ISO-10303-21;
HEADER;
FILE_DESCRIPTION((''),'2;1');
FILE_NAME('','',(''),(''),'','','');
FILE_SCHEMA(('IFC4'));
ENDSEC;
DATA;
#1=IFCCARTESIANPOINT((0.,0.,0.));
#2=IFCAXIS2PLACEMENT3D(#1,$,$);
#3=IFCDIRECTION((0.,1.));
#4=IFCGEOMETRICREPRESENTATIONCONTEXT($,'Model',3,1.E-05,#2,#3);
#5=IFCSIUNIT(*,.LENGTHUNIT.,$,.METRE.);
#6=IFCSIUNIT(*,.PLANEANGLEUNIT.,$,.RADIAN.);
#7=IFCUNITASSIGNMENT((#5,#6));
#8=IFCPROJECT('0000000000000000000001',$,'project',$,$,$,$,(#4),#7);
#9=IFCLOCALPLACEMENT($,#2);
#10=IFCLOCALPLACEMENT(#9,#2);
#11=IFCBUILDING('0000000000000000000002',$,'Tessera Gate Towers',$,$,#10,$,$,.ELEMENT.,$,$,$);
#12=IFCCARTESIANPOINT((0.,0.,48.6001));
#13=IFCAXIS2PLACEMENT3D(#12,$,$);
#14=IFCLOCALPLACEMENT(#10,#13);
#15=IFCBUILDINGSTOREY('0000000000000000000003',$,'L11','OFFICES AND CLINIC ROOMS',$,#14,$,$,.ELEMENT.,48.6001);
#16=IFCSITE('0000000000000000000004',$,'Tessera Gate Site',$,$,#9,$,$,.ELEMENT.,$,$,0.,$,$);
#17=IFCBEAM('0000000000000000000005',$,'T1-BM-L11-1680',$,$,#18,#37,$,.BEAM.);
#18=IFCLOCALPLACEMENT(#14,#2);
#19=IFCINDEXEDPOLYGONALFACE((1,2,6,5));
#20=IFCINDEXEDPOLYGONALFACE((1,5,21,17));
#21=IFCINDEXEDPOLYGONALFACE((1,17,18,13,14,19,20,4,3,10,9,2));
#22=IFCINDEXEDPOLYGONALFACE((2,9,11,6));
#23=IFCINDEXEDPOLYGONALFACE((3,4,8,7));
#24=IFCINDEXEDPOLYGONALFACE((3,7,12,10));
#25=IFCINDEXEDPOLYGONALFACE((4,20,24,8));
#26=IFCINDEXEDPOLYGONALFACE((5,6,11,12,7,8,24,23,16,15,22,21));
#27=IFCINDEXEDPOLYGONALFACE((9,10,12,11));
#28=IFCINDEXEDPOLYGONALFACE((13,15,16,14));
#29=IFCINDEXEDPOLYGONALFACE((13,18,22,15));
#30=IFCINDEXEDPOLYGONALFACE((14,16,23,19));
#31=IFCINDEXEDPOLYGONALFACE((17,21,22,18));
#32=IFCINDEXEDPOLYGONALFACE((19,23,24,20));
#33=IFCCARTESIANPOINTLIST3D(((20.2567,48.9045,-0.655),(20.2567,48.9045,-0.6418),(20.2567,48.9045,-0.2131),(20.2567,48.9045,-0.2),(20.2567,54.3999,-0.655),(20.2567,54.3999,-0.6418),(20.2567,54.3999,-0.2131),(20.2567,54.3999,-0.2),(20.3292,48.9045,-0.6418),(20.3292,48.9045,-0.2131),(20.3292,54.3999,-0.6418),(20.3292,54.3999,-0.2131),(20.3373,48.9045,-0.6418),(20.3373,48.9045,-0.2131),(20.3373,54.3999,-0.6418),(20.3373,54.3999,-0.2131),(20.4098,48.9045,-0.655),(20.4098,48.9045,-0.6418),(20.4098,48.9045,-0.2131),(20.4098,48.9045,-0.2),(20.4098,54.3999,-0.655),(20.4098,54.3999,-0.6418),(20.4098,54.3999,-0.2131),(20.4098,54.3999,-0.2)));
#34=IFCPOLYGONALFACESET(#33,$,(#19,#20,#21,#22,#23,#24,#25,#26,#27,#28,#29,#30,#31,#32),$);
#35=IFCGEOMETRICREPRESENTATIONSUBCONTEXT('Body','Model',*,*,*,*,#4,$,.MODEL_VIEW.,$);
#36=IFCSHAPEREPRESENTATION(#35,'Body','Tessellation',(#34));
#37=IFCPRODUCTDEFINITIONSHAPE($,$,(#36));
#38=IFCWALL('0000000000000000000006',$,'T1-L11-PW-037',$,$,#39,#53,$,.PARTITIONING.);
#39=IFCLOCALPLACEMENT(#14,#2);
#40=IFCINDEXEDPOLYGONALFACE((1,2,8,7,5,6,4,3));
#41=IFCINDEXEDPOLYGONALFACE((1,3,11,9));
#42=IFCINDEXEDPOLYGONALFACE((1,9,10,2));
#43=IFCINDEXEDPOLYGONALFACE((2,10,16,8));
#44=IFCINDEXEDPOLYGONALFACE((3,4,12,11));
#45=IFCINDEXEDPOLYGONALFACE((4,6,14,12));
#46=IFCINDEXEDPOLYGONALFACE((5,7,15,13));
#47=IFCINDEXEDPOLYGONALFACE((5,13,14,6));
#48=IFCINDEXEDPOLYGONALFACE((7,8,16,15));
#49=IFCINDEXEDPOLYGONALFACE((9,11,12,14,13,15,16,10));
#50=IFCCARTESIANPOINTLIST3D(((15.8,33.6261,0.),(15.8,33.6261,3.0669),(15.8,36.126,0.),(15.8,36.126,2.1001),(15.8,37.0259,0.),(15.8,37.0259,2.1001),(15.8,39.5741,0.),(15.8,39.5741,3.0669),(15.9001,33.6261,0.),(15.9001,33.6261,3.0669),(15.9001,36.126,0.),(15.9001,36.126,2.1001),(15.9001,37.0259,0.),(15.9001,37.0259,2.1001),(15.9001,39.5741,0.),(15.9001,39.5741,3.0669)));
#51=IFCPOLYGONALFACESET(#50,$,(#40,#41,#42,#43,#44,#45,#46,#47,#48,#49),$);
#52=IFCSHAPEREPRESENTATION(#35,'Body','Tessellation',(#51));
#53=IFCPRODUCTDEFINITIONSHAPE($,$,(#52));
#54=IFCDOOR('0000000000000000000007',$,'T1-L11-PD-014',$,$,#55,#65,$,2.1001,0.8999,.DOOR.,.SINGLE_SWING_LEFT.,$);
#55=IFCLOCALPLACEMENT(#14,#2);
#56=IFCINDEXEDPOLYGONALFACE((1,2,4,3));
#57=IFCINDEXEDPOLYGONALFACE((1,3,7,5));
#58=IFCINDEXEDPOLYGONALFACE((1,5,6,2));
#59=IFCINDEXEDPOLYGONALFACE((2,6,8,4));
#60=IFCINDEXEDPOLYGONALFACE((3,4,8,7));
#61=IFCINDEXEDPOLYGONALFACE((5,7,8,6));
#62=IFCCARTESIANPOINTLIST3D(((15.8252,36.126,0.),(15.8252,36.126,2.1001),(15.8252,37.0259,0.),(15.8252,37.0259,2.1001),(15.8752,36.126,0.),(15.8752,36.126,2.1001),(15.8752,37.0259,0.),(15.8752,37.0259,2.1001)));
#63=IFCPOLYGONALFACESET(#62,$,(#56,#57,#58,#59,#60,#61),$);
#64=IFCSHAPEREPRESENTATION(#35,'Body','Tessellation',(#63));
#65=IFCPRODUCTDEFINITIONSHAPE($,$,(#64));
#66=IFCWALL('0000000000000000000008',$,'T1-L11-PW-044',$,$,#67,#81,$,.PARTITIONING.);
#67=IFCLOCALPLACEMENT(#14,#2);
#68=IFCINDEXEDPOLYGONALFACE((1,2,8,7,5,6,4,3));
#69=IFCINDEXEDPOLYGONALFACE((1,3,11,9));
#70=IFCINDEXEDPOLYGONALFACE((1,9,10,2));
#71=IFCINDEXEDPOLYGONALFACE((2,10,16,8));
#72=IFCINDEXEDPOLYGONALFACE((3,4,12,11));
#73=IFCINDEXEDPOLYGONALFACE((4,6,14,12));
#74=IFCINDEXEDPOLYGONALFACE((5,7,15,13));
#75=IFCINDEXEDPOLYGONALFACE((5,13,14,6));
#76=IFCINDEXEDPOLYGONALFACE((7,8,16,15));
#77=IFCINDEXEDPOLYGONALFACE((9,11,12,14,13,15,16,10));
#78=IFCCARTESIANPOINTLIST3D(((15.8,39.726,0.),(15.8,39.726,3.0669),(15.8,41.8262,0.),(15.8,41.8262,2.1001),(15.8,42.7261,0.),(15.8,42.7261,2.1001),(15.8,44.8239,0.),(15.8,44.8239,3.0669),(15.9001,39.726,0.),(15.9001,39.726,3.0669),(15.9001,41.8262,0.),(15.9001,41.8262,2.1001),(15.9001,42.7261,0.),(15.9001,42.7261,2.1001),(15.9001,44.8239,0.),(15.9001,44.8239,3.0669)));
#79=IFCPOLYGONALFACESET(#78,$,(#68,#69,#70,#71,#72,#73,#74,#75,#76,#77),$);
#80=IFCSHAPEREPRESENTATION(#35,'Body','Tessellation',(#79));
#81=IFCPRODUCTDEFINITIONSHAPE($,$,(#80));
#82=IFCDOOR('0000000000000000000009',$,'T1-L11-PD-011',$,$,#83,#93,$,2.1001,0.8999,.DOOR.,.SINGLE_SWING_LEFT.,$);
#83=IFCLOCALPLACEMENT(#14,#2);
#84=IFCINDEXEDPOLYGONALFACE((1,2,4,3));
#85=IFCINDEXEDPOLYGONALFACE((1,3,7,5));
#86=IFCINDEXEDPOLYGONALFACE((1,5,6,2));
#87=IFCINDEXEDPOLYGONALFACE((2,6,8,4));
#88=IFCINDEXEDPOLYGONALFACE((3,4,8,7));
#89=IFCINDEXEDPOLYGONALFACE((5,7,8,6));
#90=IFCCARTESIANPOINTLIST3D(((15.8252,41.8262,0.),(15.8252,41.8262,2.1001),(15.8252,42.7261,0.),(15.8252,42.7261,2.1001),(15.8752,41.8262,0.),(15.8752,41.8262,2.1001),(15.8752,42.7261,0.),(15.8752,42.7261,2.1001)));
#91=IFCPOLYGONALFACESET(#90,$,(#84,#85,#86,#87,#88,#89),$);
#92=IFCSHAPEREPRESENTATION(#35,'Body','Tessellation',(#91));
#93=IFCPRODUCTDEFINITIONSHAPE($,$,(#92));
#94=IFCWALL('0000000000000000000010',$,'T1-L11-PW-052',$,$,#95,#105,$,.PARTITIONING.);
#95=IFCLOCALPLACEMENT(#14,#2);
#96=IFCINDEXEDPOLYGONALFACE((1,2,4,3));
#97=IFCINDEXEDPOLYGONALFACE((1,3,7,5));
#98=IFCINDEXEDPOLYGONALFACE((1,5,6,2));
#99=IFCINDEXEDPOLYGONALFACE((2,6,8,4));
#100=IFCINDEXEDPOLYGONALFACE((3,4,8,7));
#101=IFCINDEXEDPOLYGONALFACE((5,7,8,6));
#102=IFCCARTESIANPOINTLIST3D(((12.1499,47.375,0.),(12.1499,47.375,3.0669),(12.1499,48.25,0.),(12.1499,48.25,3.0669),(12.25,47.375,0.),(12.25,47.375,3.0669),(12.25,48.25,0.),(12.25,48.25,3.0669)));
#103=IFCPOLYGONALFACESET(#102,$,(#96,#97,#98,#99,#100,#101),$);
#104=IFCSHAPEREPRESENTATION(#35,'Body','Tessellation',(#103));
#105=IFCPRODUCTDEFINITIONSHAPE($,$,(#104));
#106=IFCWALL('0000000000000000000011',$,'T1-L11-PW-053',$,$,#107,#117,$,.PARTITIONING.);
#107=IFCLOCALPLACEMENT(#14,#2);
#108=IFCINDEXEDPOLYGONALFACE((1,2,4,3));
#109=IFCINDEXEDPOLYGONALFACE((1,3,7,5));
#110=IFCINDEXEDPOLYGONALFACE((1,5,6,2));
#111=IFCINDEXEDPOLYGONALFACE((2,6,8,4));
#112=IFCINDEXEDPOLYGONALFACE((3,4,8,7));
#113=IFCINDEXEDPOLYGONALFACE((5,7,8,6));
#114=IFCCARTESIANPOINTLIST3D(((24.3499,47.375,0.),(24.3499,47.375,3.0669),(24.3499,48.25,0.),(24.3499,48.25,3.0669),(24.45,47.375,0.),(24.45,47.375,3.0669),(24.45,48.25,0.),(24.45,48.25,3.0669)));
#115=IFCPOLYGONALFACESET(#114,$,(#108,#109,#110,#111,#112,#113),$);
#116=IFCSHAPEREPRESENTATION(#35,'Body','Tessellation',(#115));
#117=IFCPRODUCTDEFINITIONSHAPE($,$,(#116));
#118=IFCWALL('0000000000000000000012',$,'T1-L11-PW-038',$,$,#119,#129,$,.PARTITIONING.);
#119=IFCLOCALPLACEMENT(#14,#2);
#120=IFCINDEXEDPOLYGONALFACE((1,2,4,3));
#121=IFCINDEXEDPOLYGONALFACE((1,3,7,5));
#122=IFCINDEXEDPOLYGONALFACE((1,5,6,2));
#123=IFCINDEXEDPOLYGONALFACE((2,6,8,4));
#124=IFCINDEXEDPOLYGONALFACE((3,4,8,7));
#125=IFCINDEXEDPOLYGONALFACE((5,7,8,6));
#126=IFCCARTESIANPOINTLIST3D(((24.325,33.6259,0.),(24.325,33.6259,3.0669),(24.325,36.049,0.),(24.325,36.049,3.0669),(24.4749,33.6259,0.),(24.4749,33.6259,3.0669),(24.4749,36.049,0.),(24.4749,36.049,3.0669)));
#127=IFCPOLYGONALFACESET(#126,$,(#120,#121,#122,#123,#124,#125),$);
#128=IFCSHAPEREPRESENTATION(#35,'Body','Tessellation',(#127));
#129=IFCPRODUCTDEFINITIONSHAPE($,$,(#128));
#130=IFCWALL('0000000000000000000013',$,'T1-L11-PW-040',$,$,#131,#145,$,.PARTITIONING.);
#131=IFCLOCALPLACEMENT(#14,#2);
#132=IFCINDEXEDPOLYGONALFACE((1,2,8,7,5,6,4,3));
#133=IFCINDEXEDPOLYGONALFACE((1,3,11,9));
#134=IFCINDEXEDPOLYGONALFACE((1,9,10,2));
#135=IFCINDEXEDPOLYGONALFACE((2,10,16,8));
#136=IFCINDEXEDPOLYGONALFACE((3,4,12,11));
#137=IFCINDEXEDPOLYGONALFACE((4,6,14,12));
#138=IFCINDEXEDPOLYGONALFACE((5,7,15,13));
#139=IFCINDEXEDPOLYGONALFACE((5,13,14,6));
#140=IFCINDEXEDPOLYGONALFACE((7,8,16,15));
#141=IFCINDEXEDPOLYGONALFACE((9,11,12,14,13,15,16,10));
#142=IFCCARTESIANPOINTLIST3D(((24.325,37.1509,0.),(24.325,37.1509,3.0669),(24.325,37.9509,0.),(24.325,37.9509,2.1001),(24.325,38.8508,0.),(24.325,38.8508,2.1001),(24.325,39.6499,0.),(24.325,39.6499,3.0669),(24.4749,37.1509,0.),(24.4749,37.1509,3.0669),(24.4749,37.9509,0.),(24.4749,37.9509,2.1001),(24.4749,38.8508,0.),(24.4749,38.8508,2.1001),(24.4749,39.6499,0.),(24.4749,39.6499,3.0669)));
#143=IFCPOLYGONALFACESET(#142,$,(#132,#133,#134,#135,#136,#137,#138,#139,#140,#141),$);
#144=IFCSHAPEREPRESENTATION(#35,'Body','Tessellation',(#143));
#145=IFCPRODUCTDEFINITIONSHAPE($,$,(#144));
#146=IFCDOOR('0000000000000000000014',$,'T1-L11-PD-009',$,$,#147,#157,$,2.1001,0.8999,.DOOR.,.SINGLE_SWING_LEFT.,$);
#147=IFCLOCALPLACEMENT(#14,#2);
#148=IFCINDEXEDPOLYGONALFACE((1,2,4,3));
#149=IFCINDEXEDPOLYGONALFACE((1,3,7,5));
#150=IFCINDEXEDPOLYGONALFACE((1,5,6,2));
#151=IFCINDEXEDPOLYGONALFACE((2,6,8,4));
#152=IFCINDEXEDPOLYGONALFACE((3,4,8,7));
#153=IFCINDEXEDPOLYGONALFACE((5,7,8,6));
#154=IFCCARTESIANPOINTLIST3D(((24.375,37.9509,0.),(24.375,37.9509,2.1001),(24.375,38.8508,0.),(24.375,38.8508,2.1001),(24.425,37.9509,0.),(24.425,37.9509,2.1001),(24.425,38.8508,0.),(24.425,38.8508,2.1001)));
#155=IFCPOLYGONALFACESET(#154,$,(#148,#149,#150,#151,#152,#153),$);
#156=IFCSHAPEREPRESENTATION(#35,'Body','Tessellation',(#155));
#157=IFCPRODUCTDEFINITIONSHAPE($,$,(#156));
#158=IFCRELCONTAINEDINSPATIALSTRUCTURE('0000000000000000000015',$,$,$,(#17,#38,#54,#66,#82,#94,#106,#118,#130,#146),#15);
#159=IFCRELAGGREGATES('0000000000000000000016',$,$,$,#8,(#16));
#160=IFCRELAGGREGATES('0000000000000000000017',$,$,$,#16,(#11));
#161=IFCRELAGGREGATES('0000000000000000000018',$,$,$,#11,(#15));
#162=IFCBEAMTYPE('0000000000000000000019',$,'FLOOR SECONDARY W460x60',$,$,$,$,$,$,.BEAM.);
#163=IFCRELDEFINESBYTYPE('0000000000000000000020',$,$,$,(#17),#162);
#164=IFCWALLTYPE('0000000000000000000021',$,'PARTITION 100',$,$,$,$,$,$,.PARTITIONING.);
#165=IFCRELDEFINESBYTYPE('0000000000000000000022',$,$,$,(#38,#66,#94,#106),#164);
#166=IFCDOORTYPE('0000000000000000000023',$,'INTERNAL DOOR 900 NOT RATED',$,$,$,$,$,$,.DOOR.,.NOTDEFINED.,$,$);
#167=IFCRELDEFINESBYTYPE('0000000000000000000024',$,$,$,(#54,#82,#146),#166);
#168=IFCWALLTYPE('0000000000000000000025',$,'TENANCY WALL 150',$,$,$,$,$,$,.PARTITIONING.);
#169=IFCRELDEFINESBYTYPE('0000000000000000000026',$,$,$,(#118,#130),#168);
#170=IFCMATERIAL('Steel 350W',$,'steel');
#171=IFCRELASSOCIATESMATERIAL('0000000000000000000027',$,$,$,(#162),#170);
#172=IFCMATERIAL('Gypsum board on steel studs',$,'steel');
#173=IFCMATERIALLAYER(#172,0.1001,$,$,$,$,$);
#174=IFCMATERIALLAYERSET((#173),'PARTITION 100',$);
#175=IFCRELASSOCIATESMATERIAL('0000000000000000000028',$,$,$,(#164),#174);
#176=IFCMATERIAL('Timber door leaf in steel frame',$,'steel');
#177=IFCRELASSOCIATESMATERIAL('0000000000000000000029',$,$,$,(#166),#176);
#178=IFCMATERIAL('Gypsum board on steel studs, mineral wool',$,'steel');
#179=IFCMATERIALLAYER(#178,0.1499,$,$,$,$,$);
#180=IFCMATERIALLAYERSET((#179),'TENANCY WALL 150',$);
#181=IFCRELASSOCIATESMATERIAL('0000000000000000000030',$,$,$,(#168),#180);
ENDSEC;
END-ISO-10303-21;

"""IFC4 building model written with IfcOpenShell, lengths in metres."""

from ifc_helpers import new_model, si_unit, direction, frame, frame_2d, origin, origin_2d, place, context, subcontext, project, spatial, rectangle, i_section, extrude, source, transform, mapped, material, layer, layer_set, material_profile, profile_set, type_object, element, fill, save


model = new_model("IFC4")

# Units and contexts
model_context = context("Model", 3, precision=1e-05, world=origin(), true_north=direction((0.0, 1.0)))
body_context = subcontext(model_context, "Body", "Model", "MODEL_VIEW")
ifc_project = project(units=[si_unit("LENGTHUNIT", "METRE"), si_unit("PLANEANGLEUNIT", "RADIAN")], contexts=[model_context])

# Site, building, storey
site_placement = place(None, origin())
site = spatial("IfcSite", under=ifc_project, at=site_placement, Name="Tessera Gate Site", CompositionType="ELEMENT", RefElevation=0.0)
building_placement = place(site_placement, origin())
building = spatial("IfcBuilding", under=site, at=building_placement, Name="Tessera Gate Towers", CompositionType="ELEMENT")
storey_placement = place(building_placement, frame((0.0, 0.0, 48.6001)))
storey = spatial("IfcBuildingStorey", under=building, at=storey_placement, Name="L11", Description="OFFICES AND CLINIC ROOMS", CompositionType="ELEMENT", Elevation=48.6001)

# Beam
ifc_material_1 = material(Name="Steel 350W", Category="steel")
ifc_material_profile_1 = material_profile(ifc_material_1, i_section(OverallWidth=0.1531, OverallDepth=0.4551, WebThickness=0.0081, FlangeThickness=0.0132, at=origin_2d()), Name="W460x60")
ifc_profile_set_1 = profile_set([ifc_material_profile_1], Name="Steel 350W")
beam_type_1 = type_object("IfcBeamType", Name="FLOOR SECONDARY W460x60", PredefinedType="BEAM", material=ifc_profile_set_1)
beam_1_placement = place(storey_placement, frame((20.3333, 48.9045, -0.4275), z_axis=(0.0, 1.0, 0.0), x_axis=(-1.0, 0.0, 0.0)))
element("IfcBeam", 1, at=beam_1_placement, inside=storey, type_object=beam_type_1, Name="T1-BM-L11-1680", PredefinedType="BEAM", context=body_context, shape_type="SweptSolid", body=[
    extrude(i_section(OverallWidth=0.1531, OverallDepth=0.4551, WebThickness=0.0081, FlangeThickness=0.0132, at=origin_2d()), origin(), (0.0, 0.0, 1.0), 5.4954),
])

# Walls, openings, doors
ifc_material_2 = material(Name="Gypsum board on steel studs", Category="steel")
ifc_layer_1 = layer(ifc_material_2, 0.1001)
ifc_layer_set_1 = layer_set([ifc_layer_1], Name="PARTITION 100")
wall_type_1 = type_object("IfcWallType", Name="PARTITION 100", PredefinedType="PARTITIONING", material=ifc_layer_set_1)
wall_1_placement = place(storey_placement, frame((15.8501, 33.626, 0.0), z_axis=(0.0, 0.0, 1.0), x_axis=(0.0, 1.0, 0.0)))
wall_1 = element("IfcWall", 2, at=wall_1_placement, inside=storey, type_object=wall_type_1, Name="T1-L11-PW-037", PredefinedType="PARTITIONING", context=body_context, shape_type="SweptSolid", body=[
    extrude(rectangle(XDim=5.948, YDim=0.1001, at=frame_2d((2.9741, 0.0))), origin(), (0.0, 0.0, 1.0), 3.0669),
])
shared_shape_1 = source(origin(), body_context, "Body", "SweptSolid", [
    extrude(rectangle(XDim=0.8999, YDim=2.1001, at=frame_2d((0.45, 1.05))), frame((0.0, 0.0601, 0.0), z_axis=(0.0, -1.0, 0.0), x_axis=(1.0, 0.0, 0.0)), (0.0, 0.0, 1.0), 0.1201),
])
opening_1_placement = place(wall_1_placement, frame((2.5, 0.0, 0.0)))
opening_1 = element("IfcOpeningElement", 3, at=opening_1_placement, cuts=wall_1, PredefinedType="OPENING", context=body_context, shape_type="MappedRepresentation", body=[
    mapped(shared_shape_1, transform((0.0, 0.0, 0.0), scale=1.0)),
])
ifc_material_3 = material(Name="Timber door leaf in steel frame", Category="steel")
door_type = type_object("IfcDoorType", Name="INTERNAL DOOR 900 NOT RATED", OperationType="NOTDEFINED", PredefinedType="DOOR", material=ifc_material_3)
shared_shape_2 = source(origin(), body_context, "Body", "SweptSolid", [
    extrude(rectangle(XDim=0.8999, YDim=2.1001, at=frame_2d((0.45, 1.05))), frame((0.0, 0.0249, 0.0), z_axis=(0.0, -1.0, 0.0), x_axis=(1.0, 0.0, 0.0)), (0.0, 0.0, 1.0), 0.05),
])
door_1_placement = place(opening_1_placement, origin())
door_1 = element("IfcDoor", 4, at=door_1_placement, inside=storey, type_object=door_type, Name="T1-L11-PD-014", OperationType="SINGLE_SWING_LEFT", OverallHeight=2.1001, OverallWidth=0.8999, PredefinedType="DOOR", context=body_context, shape_type="MappedRepresentation", body=[
    mapped(shared_shape_2, transform((0.0, 0.0, 0.0), scale=1.0)),
])
fill(opening_1, door_1)
wall_2_placement = place(storey_placement, frame((15.8501, 39.7261, 0.0), z_axis=(0.0, 0.0, 1.0), x_axis=(0.0, 1.0, 0.0)))
wall_2 = element("IfcWall", 5, at=wall_2_placement, inside=storey, type_object=wall_type_1, Name="T1-L11-PW-044", PredefinedType="PARTITIONING", context=body_context, shape_type="SweptSolid", body=[
    extrude(rectangle(XDim=5.0979, YDim=0.1001, at=frame_2d((2.5488, 0.0))), origin(), (0.0, 0.0, 1.0), 3.0669),
])
opening_2_placement = place(wall_2_placement, frame((2.1001, 0.0, 0.0)))
opening_2 = element("IfcOpeningElement", 6, at=opening_2_placement, cuts=wall_2, PredefinedType="OPENING", context=body_context, shape_type="MappedRepresentation", body=[
    mapped(shared_shape_1, transform((0.0, 0.0, 0.0), scale=1.0)),
])
door_2_placement = place(opening_2_placement, origin())
door_2 = element("IfcDoor", 7, at=door_2_placement, inside=storey, type_object=door_type, Name="T1-L11-PD-011", OperationType="SINGLE_SWING_LEFT", OverallHeight=2.1001, OverallWidth=0.8999, PredefinedType="DOOR", context=body_context, shape_type="MappedRepresentation", body=[
    mapped(shared_shape_2, transform((0.0, 0.0, 0.0), scale=1.0)),
])
fill(opening_2, door_2)

# Walls
for number, where, z_axis, x_axis, name in (
    (8, (12.2, 48.25, 0.0), (0.0, 0.0, 1.0), (0.0, -1.0, 0.0), "T1-L11-PW-052"),
    (9, (24.3999, 48.25, 0.0), (0.0, 0.0, 1.0), (0.0, -1.0, 0.0), "T1-L11-PW-053"),
):
    element("IfcWall", number, at=place(storey_placement, frame(where, z_axis=z_axis, x_axis=x_axis)), inside=storey, type_object=wall_type_1, Name=name, PredefinedType="PARTITIONING", context=body_context, shape_type="SweptSolid", body=[
        extrude(rectangle(XDim=0.875, YDim=0.1001, at=frame_2d((0.4375, 0.0))), origin(), (0.0, 0.0, 1.0), 3.0669),
    ])
ifc_material_4 = material(Name="Gypsum board on steel studs, mineral wool", Category="steel")
ifc_layer_2 = layer(ifc_material_4, 0.1499)
ifc_layer_set_2 = layer_set([ifc_layer_2], Name="TENANCY WALL 150")
wall_type_2 = type_object("IfcWallType", Name="TENANCY WALL 150", PredefinedType="PARTITIONING", material=ifc_layer_set_2)
wall_3_placement = place(storey_placement, frame((24.3999, 33.626, 0.0), z_axis=(0.0, 0.0, 1.0), x_axis=(0.0, 1.0, 0.0)))
element("IfcWall", 10, at=wall_3_placement, inside=storey, type_object=wall_type_2, Name="T1-L11-PW-038", PredefinedType="PARTITIONING", context=body_context, shape_type="SweptSolid", body=[
    extrude(rectangle(XDim=2.4231, YDim=0.1499, at=frame_2d((1.2114, 0.0))), origin(), (0.0, 0.0, 1.0), 3.0669),
])

# Wall, opening, door
wall_4_placement = place(storey_placement, frame((24.3999, 37.1509, 0.0), z_axis=(0.0, 0.0, 1.0), x_axis=(0.0, 1.0, 0.0)))
wall_4 = element("IfcWall", 11, at=wall_4_placement, inside=storey, type_object=wall_type_2, Name="T1-L11-PW-040", PredefinedType="PARTITIONING", context=body_context, shape_type="SweptSolid", body=[
    extrude(rectangle(XDim=2.499, YDim=0.1499, at=frame_2d((1.2495, 0.0))), origin(), (0.0, 0.0, 1.0), 3.0669),
])
shared_shape_3 = source(origin(), body_context, "Body", "SweptSolid", [
    extrude(rectangle(XDim=0.8999, YDim=2.1001, at=frame_2d((0.45, 1.05))), frame((0.0, 0.085, 0.0), z_axis=(0.0, -1.0, 0.0), x_axis=(1.0, 0.0, 0.0)), (0.0, 0.0, 1.0), 0.1699),
])
opening_3_placement = place(wall_4_placement, frame((0.8, 0.0, 0.0)))
opening_3 = element("IfcOpeningElement", 12, at=opening_3_placement, cuts=wall_4, PredefinedType="OPENING", context=body_context, shape_type="MappedRepresentation", body=[
    mapped(shared_shape_3, transform((0.0, 0.0, 0.0), scale=1.0)),
])
door_3_placement = place(opening_3_placement, origin())
door_3 = element("IfcDoor", 13, at=door_3_placement, inside=storey, type_object=door_type, Name="T1-L11-PD-009", OperationType="SINGLE_SWING_LEFT", OverallHeight=2.1001, OverallWidth=0.8999, PredefinedType="DOOR", context=body_context, shape_type="MappedRepresentation", body=[
    mapped(shared_shape_2, transform((0.0, 0.0, 0.0), scale=1.0)),
])
fill(opening_3, door_3)

save(model, "model.ifc")
